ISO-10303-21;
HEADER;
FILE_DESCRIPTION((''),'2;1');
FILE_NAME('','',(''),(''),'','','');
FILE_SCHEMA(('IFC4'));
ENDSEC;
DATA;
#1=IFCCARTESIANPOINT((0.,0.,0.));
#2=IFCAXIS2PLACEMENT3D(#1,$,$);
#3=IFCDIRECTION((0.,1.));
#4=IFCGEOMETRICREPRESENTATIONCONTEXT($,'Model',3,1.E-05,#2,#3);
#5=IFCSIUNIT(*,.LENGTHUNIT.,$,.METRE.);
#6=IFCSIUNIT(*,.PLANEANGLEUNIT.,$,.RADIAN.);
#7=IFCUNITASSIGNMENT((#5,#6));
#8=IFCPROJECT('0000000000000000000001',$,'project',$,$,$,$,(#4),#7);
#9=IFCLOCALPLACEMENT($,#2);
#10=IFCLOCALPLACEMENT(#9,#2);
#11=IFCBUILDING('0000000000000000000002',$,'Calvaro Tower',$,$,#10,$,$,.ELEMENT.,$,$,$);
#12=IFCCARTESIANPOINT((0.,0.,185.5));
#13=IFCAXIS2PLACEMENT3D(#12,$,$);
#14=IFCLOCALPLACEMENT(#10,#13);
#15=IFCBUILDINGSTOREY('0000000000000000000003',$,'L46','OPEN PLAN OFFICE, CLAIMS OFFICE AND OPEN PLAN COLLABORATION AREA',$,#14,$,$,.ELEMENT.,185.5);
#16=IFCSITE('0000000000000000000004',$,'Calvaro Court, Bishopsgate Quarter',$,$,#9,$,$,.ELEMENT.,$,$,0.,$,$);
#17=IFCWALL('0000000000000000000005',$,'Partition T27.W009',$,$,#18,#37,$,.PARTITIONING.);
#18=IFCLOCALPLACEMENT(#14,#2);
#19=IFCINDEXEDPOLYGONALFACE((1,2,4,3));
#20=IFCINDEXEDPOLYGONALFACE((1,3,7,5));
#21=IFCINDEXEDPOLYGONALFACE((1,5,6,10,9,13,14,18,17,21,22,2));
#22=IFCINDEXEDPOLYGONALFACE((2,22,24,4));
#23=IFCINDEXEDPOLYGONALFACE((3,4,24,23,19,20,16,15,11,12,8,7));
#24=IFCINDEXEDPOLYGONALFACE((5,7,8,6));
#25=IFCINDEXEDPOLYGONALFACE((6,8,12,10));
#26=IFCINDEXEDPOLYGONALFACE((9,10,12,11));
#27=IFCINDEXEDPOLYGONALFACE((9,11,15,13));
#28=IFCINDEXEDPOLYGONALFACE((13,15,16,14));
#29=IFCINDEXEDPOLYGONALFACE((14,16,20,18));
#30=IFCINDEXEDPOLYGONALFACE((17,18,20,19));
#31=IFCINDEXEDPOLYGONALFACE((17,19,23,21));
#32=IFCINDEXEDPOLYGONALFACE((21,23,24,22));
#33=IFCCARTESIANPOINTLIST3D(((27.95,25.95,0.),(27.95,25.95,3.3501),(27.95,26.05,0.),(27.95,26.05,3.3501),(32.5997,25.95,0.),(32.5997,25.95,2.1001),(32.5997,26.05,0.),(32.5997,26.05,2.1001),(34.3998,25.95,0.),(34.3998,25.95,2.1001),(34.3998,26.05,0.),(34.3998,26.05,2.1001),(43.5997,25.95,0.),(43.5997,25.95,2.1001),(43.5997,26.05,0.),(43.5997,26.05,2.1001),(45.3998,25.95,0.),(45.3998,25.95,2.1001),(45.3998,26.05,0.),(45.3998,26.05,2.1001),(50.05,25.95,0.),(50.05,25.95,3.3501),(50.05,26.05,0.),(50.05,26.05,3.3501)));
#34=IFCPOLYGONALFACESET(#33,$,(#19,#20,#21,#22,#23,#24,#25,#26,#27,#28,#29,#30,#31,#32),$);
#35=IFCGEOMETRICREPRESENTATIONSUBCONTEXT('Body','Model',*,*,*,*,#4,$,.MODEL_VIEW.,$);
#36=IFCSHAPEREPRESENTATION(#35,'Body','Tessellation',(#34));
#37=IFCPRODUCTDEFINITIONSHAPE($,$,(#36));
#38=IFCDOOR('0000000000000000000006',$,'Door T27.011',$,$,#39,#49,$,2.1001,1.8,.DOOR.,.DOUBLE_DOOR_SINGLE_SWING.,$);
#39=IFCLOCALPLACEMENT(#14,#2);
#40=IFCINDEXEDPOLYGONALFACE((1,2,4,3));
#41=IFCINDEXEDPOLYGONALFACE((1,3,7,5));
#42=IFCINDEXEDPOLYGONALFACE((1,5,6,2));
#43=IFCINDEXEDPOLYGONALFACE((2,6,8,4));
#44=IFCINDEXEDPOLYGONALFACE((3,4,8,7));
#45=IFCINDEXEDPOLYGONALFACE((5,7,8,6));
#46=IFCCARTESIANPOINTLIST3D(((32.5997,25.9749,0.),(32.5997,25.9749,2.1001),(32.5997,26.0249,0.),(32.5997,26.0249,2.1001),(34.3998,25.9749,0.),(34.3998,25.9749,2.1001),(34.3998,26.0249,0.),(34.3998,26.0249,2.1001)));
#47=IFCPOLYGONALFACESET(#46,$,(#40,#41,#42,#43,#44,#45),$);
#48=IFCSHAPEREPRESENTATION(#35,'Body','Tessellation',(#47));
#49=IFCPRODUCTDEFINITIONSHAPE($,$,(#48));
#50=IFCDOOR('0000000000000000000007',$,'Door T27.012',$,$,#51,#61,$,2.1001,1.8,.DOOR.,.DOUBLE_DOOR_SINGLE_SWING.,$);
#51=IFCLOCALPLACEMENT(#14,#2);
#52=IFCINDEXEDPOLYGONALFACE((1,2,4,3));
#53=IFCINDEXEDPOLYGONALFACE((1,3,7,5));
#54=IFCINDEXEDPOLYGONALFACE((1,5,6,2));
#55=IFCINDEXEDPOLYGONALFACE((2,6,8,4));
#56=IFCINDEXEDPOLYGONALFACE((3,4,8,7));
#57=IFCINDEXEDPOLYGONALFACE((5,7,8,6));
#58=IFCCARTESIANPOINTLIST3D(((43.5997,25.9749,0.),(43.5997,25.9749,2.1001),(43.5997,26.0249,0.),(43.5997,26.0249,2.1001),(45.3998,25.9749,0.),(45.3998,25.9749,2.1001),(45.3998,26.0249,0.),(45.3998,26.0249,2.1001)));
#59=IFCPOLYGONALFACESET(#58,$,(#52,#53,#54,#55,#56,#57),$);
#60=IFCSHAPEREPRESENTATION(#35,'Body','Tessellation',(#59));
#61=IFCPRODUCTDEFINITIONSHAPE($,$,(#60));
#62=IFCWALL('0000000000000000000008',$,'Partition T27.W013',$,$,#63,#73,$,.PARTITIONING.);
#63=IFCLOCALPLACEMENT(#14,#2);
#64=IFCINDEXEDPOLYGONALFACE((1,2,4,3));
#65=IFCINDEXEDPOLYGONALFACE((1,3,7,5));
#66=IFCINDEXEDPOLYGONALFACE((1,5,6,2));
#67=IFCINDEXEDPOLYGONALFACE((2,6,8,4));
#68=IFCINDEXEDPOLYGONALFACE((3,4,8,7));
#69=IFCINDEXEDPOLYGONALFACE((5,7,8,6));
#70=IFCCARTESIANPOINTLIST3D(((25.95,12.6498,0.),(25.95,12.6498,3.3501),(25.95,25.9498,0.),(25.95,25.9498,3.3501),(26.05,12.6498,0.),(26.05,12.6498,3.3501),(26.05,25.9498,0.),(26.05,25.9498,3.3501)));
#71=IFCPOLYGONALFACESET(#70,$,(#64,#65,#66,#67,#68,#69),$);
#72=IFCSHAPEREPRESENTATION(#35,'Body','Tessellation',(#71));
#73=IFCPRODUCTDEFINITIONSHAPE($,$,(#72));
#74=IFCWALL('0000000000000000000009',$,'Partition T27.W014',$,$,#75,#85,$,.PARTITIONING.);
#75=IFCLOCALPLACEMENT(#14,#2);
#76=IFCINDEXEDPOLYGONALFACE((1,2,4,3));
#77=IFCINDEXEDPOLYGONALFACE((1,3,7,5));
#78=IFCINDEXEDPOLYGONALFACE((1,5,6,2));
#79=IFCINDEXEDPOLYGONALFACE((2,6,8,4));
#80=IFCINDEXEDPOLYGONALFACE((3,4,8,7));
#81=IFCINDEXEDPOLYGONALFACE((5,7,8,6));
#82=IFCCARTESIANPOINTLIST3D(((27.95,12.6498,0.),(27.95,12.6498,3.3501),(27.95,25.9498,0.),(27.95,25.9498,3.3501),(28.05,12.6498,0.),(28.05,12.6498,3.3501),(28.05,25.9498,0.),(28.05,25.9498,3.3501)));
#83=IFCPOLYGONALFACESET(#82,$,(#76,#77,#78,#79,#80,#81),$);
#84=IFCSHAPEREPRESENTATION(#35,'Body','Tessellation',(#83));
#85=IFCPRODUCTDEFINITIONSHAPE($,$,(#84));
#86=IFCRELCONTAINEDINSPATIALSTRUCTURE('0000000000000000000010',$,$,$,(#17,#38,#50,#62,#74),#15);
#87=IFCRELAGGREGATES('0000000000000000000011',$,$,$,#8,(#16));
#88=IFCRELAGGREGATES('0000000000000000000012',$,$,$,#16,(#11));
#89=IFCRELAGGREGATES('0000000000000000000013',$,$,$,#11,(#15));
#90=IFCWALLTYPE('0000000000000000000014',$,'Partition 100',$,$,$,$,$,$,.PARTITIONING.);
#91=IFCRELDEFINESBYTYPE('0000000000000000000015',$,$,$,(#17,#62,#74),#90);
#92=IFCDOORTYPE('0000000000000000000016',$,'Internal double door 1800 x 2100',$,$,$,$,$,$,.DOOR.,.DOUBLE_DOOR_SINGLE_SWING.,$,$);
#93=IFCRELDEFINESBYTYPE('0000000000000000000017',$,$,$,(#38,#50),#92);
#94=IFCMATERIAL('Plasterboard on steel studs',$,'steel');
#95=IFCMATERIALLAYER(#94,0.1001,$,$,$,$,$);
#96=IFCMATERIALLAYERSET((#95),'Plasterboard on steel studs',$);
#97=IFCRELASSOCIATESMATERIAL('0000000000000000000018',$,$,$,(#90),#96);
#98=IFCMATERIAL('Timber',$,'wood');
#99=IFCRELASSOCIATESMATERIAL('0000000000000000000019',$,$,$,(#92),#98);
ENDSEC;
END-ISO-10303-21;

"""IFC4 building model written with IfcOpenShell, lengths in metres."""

from ifc_helpers import new_model, si_unit, direction, frame, frame_2d, origin, place, context, subcontext, project, spatial, rectangle, extrude, material, layer, layer_set, type_object, element, fill, save


model = new_model("IFC4")

# Units and contexts
model_context = context("Model", 3, precision=1e-05, world=origin(), true_north=direction((0.0, 1.0)))
body_context = subcontext(model_context, "Body", "Model", "MODEL_VIEW")
ifc_project = project(units=[si_unit("LENGTHUNIT", "METRE"), si_unit("PLANEANGLEUNIT", "RADIAN")], contexts=[model_context])

# Site, building, storey
site_placement = place(None, origin())
site = spatial("IfcSite", under=ifc_project, at=site_placement, Name="Calvaro Court, Bishopsgate Quarter", CompositionType="ELEMENT", RefElevation=0.0)
building_placement = place(site_placement, origin())
building = spatial("IfcBuilding", under=site, at=building_placement, Name="Calvaro Tower", CompositionType="ELEMENT")
storey_placement = place(building_placement, frame((0.0, 0.0, 185.5)))
storey = spatial("IfcBuildingStorey", under=building, at=storey_placement, Name="L46", Description="OPEN PLAN OFFICE, CLAIMS OFFICE AND OPEN PLAN COLLABORATION AREA", CompositionType="ELEMENT", Elevation=185.5)

# Shared definitions
ifc_material_1 = material(Name="Plasterboard on steel studs", Category="steel")
ifc_layer_1 = layer(ifc_material_1, 0.1001)
ifc_layer_set_1 = layer_set([ifc_layer_1], Name="Plasterboard on steel studs")
wall_type_1 = type_object("IfcWallType", Name="Partition 100", PredefinedType="PARTITIONING", material=ifc_layer_set_1)

# Wall, openings, doors
wall_1_placement = place(storey_placement, frame((27.95, 26.0, 0.0), z_axis=(0.0, 0.0, 1.0), x_axis=(1.0, 0.0, 0.0)))
wall_1 = element("IfcWall", 1, at=wall_1_placement, inside=storey, type_object=wall_type_1, Name="Partition T27.W009", PredefinedType="PARTITIONING", context=body_context, shape_type="SweptSolid", body=[
    extrude(rectangle(XDim=22.1001, YDim=0.1001, at=frame_2d((11.05, 0.0))), origin(), (0.0, 0.0, 1.0), 3.3501),
])
opening_1_placement = place(wall_1_placement, frame((4.6499, 0.0, 0.0)))
opening_1 = element("IfcOpeningElement", 2, at=opening_1_placement, cuts=wall_1, PredefinedType="OPENING", context=body_context, shape_type="SweptSolid", body=[
    extrude(rectangle(XDim=1.8, YDim=2.1001, at=frame_2d((0.8999, 1.05))), frame((0.0, 0.0601, 0.0), z_axis=(0.0, -1.0, 0.0), x_axis=(1.0, 0.0, 0.0)), (0.0, 0.0, 1.0), 0.1201),
])
opening_2_placement = place(wall_1_placement, frame((15.6499, 0.0, 0.0)))
opening_2 = element("IfcOpeningElement", 3, at=opening_2_placement, cuts=wall_1, PredefinedType="OPENING", context=body_context, shape_type="SweptSolid", body=[
    extrude(rectangle(XDim=1.8, YDim=2.1001, at=frame_2d((0.8999, 1.05))), frame((0.0, 0.0601, 0.0), z_axis=(0.0, -1.0, 0.0), x_axis=(1.0, 0.0, 0.0)), (0.0, 0.0, 1.0), 0.1201),
])
ifc_material_2 = material(Name="Timber", Category="wood")
door_type_1 = type_object("IfcDoorType", Name="Internal double door 1800 x 2100", OperationType="DOUBLE_DOOR_SINGLE_SWING", PredefinedType="DOOR", material=ifc_material_2)
door_1_placement = place(opening_1_placement, origin())
door_1 = element("IfcDoor", 4, at=door_1_placement, inside=storey, type_object=door_type_1, Name="Door T27.011", OperationType="DOUBLE_DOOR_SINGLE_SWING", OverallHeight=2.1001, OverallWidth=1.8, PredefinedType="DOOR", context=body_context, shape_type="SweptSolid", body=[
    extrude(rectangle(XDim=1.8, YDim=2.1001, at=frame_2d((0.8999, 1.05))), frame((0.0, 0.0249, 0.0), z_axis=(0.0, -1.0, 0.0), x_axis=(1.0, 0.0, 0.0)), (0.0, 0.0, 1.0), 0.05),
])
fill(opening_1, door_1)
door_2_placement = place(opening_2_placement, origin())
door_2 = element("IfcDoor", 5, at=door_2_placement, inside=storey, type_object=door_type_1, Name="Door T27.012", OperationType="DOUBLE_DOOR_SINGLE_SWING", OverallHeight=2.1001, OverallWidth=1.8, PredefinedType="DOOR", context=body_context, shape_type="SweptSolid", body=[
    extrude(rectangle(XDim=1.8, YDim=2.1001, at=frame_2d((0.8999, 1.05))), frame((0.0, 0.0249, 0.0), z_axis=(0.0, -1.0, 0.0), x_axis=(1.0, 0.0, 0.0)), (0.0, 0.0, 1.0), 0.05),
])
fill(opening_2, door_2)

# Walls
for number, where, z_axis, x_axis, name in (
    (6, (26.0, 12.6499, 0.0), (0.0, 0.0, 1.0), (0.0, 1.0, 0.0), "Partition T27.W013"),
    (7, (28.0, 12.6499, 0.0), (0.0, 0.0, 1.0), (0.0, 1.0, 0.0), "Partition T27.W014"),
):
    element("IfcWall", number, at=place(storey_placement, frame(where, z_axis=z_axis, x_axis=x_axis)), inside=storey, type_object=wall_type_1, Name=name, PredefinedType="PARTITIONING", context=body_context, shape_type="SweptSolid", body=[
        extrude(rectangle(XDim=13.3, YDim=0.1001, at=frame_2d((6.6499, 0.0))), origin(), (0.0, 0.0, 1.0), 3.3501),
    ])

save(model, "model.ifc")
